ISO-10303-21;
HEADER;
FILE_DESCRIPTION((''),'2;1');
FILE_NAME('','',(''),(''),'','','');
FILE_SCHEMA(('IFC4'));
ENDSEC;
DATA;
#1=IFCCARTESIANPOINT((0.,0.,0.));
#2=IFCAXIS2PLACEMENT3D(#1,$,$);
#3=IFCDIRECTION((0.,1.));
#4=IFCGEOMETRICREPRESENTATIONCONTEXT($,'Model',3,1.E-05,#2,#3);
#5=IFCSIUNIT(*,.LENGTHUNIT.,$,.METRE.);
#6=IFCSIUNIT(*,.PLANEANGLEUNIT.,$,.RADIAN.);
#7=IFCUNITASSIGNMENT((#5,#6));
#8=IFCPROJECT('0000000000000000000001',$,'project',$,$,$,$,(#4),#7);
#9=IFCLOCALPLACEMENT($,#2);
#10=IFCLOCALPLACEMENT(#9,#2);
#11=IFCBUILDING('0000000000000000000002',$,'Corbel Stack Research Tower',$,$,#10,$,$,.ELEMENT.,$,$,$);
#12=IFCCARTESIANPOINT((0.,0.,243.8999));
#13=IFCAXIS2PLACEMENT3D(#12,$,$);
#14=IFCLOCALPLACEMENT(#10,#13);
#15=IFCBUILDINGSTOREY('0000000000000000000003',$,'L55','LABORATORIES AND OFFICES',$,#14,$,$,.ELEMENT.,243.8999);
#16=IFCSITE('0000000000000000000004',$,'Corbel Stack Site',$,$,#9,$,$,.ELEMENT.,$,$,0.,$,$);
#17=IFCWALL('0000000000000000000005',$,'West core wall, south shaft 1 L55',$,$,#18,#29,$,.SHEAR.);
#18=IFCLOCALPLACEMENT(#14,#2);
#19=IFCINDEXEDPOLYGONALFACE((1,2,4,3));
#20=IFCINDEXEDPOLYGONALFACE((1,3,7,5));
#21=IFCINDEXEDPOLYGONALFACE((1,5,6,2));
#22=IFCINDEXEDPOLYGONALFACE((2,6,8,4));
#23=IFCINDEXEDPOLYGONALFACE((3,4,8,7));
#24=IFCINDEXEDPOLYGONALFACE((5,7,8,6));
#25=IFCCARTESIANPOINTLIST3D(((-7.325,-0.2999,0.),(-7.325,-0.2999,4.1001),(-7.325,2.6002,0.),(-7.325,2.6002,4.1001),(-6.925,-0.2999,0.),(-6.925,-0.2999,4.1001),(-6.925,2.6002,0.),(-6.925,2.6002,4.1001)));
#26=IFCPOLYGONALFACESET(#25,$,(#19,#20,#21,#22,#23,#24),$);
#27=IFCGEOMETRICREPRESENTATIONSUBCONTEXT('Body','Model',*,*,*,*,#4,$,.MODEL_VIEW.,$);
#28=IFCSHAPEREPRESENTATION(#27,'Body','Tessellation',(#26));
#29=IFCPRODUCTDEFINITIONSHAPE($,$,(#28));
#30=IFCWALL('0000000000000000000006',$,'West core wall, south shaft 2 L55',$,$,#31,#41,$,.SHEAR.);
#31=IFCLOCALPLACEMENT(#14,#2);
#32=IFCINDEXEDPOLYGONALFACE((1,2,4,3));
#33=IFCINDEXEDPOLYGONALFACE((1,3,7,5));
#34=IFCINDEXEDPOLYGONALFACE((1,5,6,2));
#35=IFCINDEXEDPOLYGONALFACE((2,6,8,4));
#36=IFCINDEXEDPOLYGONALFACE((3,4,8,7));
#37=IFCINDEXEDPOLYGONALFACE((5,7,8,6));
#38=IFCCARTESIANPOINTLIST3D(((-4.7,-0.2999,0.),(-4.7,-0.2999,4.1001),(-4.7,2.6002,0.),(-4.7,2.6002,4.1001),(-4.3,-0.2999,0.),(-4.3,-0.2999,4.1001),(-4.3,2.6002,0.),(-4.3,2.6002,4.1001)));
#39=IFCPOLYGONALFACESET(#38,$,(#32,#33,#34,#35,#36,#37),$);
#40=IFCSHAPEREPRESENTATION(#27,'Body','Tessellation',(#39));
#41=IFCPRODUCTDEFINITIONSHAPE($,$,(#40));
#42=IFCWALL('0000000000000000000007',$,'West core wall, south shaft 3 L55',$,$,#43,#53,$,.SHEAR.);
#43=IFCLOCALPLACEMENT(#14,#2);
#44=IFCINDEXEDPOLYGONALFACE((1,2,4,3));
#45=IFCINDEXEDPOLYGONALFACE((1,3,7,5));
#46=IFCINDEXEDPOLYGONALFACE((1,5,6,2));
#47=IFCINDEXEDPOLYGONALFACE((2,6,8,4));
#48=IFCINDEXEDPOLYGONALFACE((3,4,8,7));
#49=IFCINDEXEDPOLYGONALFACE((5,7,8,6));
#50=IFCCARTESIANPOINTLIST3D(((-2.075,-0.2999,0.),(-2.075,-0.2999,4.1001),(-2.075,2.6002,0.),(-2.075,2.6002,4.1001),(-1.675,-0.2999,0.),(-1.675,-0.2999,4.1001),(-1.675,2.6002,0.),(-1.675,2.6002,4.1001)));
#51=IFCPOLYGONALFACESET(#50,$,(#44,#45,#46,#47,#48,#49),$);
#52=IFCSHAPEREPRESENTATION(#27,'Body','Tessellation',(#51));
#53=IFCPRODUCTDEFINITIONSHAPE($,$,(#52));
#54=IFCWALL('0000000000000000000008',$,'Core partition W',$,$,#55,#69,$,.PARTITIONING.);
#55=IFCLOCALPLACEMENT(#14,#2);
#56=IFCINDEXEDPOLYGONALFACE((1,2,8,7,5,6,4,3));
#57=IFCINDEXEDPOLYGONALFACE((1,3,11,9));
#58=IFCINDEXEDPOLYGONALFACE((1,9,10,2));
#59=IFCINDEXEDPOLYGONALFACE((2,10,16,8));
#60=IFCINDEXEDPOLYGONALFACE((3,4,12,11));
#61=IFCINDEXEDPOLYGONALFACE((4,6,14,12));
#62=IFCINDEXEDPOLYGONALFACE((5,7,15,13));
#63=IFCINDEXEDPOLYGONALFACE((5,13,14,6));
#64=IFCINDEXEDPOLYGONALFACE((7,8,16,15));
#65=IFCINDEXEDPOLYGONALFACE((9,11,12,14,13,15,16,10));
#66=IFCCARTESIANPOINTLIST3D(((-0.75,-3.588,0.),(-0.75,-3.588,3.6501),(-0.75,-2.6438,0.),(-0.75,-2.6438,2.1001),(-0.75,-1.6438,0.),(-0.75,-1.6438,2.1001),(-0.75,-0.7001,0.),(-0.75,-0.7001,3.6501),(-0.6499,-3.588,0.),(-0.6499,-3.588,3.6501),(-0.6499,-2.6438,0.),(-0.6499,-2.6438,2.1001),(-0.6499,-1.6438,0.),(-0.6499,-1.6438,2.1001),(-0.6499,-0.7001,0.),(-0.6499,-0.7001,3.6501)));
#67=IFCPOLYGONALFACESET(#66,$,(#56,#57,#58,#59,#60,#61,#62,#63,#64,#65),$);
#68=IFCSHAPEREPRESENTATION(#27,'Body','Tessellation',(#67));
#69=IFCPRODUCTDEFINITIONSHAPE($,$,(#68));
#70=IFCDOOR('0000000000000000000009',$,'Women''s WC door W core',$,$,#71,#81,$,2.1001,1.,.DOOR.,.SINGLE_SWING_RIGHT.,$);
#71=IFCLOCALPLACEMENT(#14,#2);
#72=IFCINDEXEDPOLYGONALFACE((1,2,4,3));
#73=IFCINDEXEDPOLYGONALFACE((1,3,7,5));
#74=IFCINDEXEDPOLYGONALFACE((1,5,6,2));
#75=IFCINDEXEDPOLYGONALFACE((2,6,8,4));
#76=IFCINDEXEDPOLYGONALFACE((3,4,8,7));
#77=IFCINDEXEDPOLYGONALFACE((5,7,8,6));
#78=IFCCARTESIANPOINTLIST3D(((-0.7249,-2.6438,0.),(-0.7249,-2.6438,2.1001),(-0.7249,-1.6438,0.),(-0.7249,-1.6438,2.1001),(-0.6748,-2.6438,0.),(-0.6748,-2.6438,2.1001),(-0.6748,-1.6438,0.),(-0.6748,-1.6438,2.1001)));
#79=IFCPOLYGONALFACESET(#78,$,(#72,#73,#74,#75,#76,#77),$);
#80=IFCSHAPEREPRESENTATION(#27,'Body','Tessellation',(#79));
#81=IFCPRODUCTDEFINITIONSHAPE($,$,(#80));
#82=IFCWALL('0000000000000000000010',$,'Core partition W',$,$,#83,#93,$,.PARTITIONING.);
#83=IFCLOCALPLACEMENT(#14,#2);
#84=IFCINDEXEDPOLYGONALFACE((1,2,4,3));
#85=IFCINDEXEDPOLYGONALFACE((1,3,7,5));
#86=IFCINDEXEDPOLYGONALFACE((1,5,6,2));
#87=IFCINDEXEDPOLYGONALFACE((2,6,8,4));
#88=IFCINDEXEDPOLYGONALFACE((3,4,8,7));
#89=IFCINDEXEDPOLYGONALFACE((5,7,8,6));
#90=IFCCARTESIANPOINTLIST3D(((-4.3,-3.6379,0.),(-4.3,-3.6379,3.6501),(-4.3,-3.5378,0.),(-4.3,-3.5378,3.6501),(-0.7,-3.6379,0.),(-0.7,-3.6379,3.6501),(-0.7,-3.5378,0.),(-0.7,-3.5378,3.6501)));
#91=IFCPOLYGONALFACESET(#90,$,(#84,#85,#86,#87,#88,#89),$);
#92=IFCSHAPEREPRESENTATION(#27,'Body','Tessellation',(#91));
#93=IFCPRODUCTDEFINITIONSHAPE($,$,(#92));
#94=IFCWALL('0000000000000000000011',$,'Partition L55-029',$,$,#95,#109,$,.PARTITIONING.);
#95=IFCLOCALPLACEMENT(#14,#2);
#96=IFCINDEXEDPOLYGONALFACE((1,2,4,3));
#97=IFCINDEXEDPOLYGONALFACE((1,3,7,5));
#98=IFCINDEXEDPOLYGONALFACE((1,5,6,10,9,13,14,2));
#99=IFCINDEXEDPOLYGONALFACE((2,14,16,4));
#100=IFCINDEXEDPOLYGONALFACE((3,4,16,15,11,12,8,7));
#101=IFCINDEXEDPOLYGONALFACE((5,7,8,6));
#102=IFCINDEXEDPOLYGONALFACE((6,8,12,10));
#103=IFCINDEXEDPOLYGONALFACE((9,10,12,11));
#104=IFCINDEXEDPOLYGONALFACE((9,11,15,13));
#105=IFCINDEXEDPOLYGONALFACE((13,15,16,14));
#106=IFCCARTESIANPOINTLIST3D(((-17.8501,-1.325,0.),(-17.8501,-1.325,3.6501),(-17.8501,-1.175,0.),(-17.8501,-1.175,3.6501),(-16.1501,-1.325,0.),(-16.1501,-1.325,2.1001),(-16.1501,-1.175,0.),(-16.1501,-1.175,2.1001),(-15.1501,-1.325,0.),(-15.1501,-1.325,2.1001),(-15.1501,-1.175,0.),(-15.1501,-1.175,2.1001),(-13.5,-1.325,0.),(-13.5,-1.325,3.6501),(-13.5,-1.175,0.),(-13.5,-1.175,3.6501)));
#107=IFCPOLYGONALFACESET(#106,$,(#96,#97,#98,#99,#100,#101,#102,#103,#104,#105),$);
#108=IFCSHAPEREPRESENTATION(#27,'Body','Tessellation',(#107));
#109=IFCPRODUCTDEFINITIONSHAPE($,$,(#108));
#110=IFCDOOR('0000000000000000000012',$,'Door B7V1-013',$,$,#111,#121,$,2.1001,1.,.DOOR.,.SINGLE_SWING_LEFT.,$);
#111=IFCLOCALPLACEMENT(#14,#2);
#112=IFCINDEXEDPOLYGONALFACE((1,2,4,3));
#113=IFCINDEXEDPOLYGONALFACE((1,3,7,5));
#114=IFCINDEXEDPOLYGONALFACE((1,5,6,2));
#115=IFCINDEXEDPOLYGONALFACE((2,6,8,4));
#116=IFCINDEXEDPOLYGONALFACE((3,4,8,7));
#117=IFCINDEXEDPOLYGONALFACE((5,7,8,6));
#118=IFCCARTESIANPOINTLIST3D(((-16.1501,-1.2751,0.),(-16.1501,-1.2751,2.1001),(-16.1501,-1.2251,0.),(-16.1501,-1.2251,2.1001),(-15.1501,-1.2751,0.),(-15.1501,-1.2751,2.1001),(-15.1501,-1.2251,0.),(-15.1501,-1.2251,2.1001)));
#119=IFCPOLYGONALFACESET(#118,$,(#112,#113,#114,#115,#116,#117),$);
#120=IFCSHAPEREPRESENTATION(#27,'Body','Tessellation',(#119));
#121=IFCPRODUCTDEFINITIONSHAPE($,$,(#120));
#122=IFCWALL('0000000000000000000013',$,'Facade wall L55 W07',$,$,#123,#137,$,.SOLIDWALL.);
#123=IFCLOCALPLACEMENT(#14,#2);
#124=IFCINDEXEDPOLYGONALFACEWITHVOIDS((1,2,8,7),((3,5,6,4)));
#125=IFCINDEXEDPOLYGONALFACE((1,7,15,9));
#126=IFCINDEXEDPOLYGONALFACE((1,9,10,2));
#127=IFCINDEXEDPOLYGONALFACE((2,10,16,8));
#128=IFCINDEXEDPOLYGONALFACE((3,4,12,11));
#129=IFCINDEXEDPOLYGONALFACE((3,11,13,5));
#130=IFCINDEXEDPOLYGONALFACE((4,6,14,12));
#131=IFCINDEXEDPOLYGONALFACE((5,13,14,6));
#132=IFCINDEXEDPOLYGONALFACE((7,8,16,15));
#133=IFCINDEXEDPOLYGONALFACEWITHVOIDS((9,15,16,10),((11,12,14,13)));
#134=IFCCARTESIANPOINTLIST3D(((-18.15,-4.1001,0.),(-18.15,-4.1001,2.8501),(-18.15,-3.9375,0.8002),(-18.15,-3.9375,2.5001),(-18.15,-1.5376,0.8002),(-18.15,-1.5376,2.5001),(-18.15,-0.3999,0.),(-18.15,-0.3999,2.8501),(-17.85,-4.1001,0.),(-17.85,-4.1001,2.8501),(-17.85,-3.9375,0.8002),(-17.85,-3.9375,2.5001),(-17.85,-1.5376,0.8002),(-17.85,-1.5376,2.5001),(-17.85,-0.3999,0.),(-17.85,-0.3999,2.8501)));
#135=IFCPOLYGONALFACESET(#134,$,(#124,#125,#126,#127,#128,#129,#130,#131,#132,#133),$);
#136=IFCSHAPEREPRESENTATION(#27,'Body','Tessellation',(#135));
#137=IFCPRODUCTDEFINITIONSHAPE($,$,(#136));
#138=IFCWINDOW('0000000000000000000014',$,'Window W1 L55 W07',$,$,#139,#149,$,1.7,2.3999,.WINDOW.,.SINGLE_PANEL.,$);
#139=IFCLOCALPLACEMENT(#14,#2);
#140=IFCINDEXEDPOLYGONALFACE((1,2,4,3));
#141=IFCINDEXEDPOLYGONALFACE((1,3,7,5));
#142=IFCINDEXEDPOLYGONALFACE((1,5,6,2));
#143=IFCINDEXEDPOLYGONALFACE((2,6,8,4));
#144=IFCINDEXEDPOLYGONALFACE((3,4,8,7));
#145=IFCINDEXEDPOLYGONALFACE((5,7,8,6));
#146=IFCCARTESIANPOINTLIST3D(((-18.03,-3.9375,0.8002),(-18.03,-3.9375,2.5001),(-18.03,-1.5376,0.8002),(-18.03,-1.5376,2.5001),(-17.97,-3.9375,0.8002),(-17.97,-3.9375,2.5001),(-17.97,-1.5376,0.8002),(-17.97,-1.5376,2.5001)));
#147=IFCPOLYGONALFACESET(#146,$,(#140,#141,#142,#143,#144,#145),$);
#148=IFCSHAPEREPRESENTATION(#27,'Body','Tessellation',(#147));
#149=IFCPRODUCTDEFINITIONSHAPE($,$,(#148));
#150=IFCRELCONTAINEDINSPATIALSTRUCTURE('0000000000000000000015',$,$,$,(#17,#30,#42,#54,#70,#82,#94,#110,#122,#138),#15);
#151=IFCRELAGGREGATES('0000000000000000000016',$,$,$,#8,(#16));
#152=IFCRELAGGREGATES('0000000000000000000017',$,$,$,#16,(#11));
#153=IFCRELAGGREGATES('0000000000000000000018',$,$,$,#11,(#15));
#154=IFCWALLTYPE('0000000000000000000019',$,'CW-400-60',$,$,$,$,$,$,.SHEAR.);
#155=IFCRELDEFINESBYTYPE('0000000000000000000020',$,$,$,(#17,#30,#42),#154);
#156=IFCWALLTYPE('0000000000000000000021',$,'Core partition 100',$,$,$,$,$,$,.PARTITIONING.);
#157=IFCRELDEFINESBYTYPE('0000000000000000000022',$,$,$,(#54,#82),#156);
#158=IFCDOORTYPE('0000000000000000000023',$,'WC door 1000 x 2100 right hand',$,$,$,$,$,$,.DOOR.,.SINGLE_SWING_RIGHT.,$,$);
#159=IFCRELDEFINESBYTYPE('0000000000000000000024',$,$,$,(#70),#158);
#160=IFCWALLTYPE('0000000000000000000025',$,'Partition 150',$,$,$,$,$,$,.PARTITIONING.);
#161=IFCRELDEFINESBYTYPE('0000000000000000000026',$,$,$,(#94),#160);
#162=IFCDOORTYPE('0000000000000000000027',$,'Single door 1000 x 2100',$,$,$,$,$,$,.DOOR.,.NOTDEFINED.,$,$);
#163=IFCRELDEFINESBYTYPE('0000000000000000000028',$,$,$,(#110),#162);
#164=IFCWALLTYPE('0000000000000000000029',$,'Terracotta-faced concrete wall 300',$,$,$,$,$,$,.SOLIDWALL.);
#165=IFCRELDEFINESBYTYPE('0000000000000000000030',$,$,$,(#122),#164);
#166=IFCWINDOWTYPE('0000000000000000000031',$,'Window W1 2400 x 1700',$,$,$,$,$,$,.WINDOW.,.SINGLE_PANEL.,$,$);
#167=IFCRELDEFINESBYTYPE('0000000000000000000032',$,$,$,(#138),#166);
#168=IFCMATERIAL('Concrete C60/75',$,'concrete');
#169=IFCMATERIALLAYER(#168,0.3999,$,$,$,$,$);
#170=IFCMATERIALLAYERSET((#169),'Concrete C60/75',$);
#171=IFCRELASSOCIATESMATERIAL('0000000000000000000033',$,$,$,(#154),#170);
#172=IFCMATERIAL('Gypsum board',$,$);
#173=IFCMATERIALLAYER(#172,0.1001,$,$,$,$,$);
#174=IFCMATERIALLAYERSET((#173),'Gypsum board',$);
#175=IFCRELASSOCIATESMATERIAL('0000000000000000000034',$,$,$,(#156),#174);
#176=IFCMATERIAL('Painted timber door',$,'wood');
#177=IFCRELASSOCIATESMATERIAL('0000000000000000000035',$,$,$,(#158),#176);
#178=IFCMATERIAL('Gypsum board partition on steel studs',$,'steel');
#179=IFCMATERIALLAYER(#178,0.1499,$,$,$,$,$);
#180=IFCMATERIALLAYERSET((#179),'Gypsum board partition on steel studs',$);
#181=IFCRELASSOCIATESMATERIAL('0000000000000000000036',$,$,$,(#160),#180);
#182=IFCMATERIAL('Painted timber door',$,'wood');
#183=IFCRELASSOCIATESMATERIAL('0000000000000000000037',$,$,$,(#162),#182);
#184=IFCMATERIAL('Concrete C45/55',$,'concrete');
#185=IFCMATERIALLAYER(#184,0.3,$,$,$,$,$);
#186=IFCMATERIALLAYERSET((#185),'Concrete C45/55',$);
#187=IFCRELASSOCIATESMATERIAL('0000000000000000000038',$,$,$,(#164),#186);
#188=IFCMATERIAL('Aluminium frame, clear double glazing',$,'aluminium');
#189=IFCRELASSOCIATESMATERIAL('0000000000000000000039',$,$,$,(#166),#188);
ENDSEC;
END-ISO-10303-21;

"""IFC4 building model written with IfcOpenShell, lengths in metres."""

from ifc_helpers import new_model, si_unit, direction, frame, frame_2d, origin, place, context, subcontext, project, spatial, rectangle, extrude, material, layer, layer_set, type_object, element, fill, save


model = new_model("IFC4")

# Units and contexts
model_context = context("Model", 3, precision=1e-05, world=origin(), true_north=direction((0.0, 1.0)))
body_context = subcontext(model_context, "Body", "Model", "MODEL_VIEW")
ifc_project = project(units=[si_unit("LENGTHUNIT", "METRE"), si_unit("PLANEANGLEUNIT", "RADIAN")], contexts=[model_context])

# Site, building, storey
site_placement = place(None, origin())
site = spatial("IfcSite", under=ifc_project, at=site_placement, Name="Corbel Stack Site", CompositionType="ELEMENT", RefElevation=0.0)
building_placement = place(site_placement, origin())
building = spatial("IfcBuilding", under=site, at=building_placement, Name="Corbel Stack Research Tower", CompositionType="ELEMENT")
storey_placement = place(building_placement, frame((0.0, 0.0, 243.8999)))
storey = spatial("IfcBuildingStorey", under=building, at=storey_placement, Name="L55", Description="LABORATORIES AND OFFICES", CompositionType="ELEMENT", Elevation=243.8999)

# Walls
ifc_material_1 = material(Name="Concrete C60/75", Category="concrete")
ifc_layer_1 = layer(ifc_material_1, 0.3999)
ifc_layer_set_1 = layer_set([ifc_layer_1], Name="Concrete C60/75")
wall_type_1 = type_object("IfcWallType", Name="CW-400-60", PredefinedType="SHEAR", material=ifc_layer_set_1)
for number, where, z_axis, x_axis, name in (
    (1, (-7.125, -0.3, 0.0), (0.0, 0.0, 1.0), (0.0, 1.0, 0.0), "West core wall, south shaft 1 L55"),
    (2, (-4.5, -0.3, 0.0), (0.0, 0.0, 1.0), (0.0, 1.0, 0.0), "West core wall, south shaft 2 L55"),
    (3, (-1.875, -0.3, 0.0), (0.0, 0.0, 1.0), (0.0, 1.0, 0.0), "West core wall, south shaft 3 L55"),
):
    element("IfcWall", number, at=place(storey_placement, frame(where, z_axis=z_axis, x_axis=x_axis)), inside=storey, type_object=wall_type_1, Name=name, PredefinedType="SHEAR", context=body_context, shape_type="SweptSolid", body=[
        extrude(rectangle(XDim=2.9001, YDim=0.3999, at=frame_2d((1.4502, 0.0))), origin(), (0.0, 0.0, 1.0), 4.1001),
    ])

# Wall, opening, door
ifc_material_2 = material(Name="Gypsum board")
ifc_layer_2 = layer(ifc_material_2, 0.1001)
ifc_layer_set_2 = layer_set([ifc_layer_2], Name="Gypsum board")
wall_type_2 = type_object("IfcWallType", Name="Core partition 100", PredefinedType="PARTITIONING", material=ifc_layer_set_2)
wall_1_placement = place(storey_placement, frame((-0.7, -3.5879, 0.0), z_axis=(0.0, 0.0, 1.0), x_axis=(0.0, 1.0, 0.0)))
wall_1 = element("IfcWall", 4, at=wall_1_placement, inside=storey, type_object=wall_type_2, Name="Core partition W", PredefinedType="PARTITIONING", context=body_context, shape_type="SweptSolid", body=[
    extrude(rectangle(XDim=2.8879, YDim=0.1001, at=frame_2d((1.4438, 0.0))), origin(), (0.0, 0.0, 1.0), 3.6501),
])
opening_1_placement = place(wall_1_placement, frame((0.9441, 0.0, 0.0)))
opening_1 = element("IfcOpeningElement", 5, at=opening_1_placement, cuts=wall_1, PredefinedType="OPENING", context=body_context, shape_type="SweptSolid", body=[
    extrude(rectangle(XDim=1.0, YDim=2.1001, at=frame_2d((0.5, 1.05))), frame((0.0, 0.0601, 0.0), z_axis=(0.0, -1.0, 0.0), x_axis=(1.0, 0.0, 0.0)), (0.0, 0.0, 1.0), 0.1201),
])
ifc_material_3 = material(Name="Painted timber door", Category="wood")
door_type_1 = type_object("IfcDoorType", Name="WC door 1000 x 2100 right hand", OperationType="SINGLE_SWING_RIGHT", PredefinedType="DOOR", material=ifc_material_3)
door_1_placement = place(opening_1_placement, origin())
door_1 = element("IfcDoor", 6, at=door_1_placement, inside=storey, type_object=door_type_1, Name="Women's WC door W core", OperationType="SINGLE_SWING_RIGHT", OverallHeight=2.1001, OverallWidth=1.0, PredefinedType="DOOR", context=body_context, shape_type="SweptSolid", body=[
    extrude(rectangle(XDim=1.0, YDim=2.1001, at=frame_2d((0.5, 1.05))), frame((0.0, 0.0249, 0.0), z_axis=(0.0, -1.0, 0.0), x_axis=(1.0, 0.0, 0.0)), (0.0, 0.0, 1.0), 0.05),
])
fill(opening_1, door_1)

# Wall
wall_2_placement = place(storey_placement, frame((-4.3, -3.5879, 0.0), z_axis=(0.0, 0.0, 1.0), x_axis=(1.0, 0.0, 0.0)))
element("IfcWall", 7, at=wall_2_placement, inside=storey, type_object=wall_type_2, Name="Core partition W", PredefinedType="PARTITIONING", context=body_context, shape_type="SweptSolid", body=[
    extrude(rectangle(XDim=3.6001, YDim=0.1001, at=frame_2d((1.8, 0.0))), origin(), (0.0, 0.0, 1.0), 3.6501),
])

# Wall, opening, door
ifc_material_4 = material(Name="Gypsum board partition on steel studs", Category="steel")
ifc_layer_3 = layer(ifc_material_4, 0.1499)
ifc_layer_set_3 = layer_set([ifc_layer_3], Name="Gypsum board partition on steel studs")
wall_type_3 = type_object("IfcWallType", Name="Partition 150", PredefinedType="PARTITIONING", material=ifc_layer_set_3)
wall_3_placement = place(storey_placement, frame((-17.8501, -1.25, 0.0), z_axis=(0.0, 0.0, 1.0), x_axis=(1.0, 0.0, 0.0)))
wall_3 = element("IfcWall", 8, at=wall_3_placement, inside=storey, type_object=wall_type_3, Name="Partition L55-029", PredefinedType="PARTITIONING", context=body_context, shape_type="SweptSolid", body=[
    extrude(rectangle(XDim=4.3501, YDim=0.1499, at=frame_2d((2.175, 0.0))), origin(), (0.0, 0.0, 1.0), 3.6501),
])
opening_2_placement = place(wall_3_placement, frame((1.7, 0.0, 0.0)))
opening_2 = element("IfcOpeningElement", 9, at=opening_2_placement, cuts=wall_3, PredefinedType="OPENING", context=body_context, shape_type="SweptSolid", body=[
    extrude(rectangle(XDim=1.0, YDim=2.1001, at=frame_2d((0.5, 1.05))), frame((0.0, 0.085, 0.0), z_axis=(0.0, -1.0, 0.0), x_axis=(1.0, 0.0, 0.0)), (0.0, 0.0, 1.0), 0.1699),
])
ifc_material_5 = material(Name="Painted timber door", Category="wood")
door_type_2 = type_object("IfcDoorType", Name="Single door 1000 x 2100", OperationType="NOTDEFINED", PredefinedType="DOOR", material=ifc_material_5)
door_2_placement = place(opening_2_placement, origin())
door_2 = element("IfcDoor", 10, at=door_2_placement, inside=storey, type_object=door_type_2, Name="Door B7V1-013", OperationType="SINGLE_SWING_LEFT", OverallHeight=2.1001, OverallWidth=1.0, PredefinedType="DOOR", context=body_context, shape_type="SweptSolid", body=[
    extrude(rectangle(XDim=1.0, YDim=2.1001, at=frame_2d((0.5, 1.05))), frame((0.0, 0.0249, 0.0), z_axis=(0.0, -1.0, 0.0), x_axis=(1.0, 0.0, 0.0)), (0.0, 0.0, 1.0), 0.05),
])
fill(opening_2, door_2)

# Wall, opening, window
ifc_material_6 = material(Name="Concrete C45/55", Category="concrete")
ifc_layer_4 = layer(ifc_material_6, 0.3)
ifc_layer_set_4 = layer_set([ifc_layer_4], Name="Concrete C45/55")
wall_type_4 = type_object("IfcWallType", Name="Terracotta-faced concrete wall 300", PredefinedType="SOLIDWALL", material=ifc_layer_set_4)
wall_4_placement = place(storey_placement, frame((-18.0, -4.1001, 0.0), z_axis=(0.0, 0.0, 1.0), x_axis=(0.0, 1.0, 0.0)))
wall_4 = element("IfcWall", 11, at=wall_4_placement, inside=storey, type_object=wall_type_4, Name="Facade wall L55 W07", PredefinedType="SOLIDWALL", context=body_context, shape_type="SweptSolid", body=[
    extrude(rectangle(XDim=3.7002, YDim=0.3, at=frame_2d((1.8501, 0.0))), origin(), (0.0, 0.0, 1.0), 2.8501),
])
opening_3_placement = place(wall_4_placement, frame((0.1626, 0.0, 0.8)))
opening_3 = element("IfcOpeningElement", 12, at=opening_3_placement, cuts=wall_4, PredefinedType="OPENING", context=body_context, shape_type="SweptSolid", body=[
    extrude(rectangle(XDim=2.3999, YDim=1.7, at=frame_2d((1.2, 0.8501))), frame((0.0, 0.1599, 0.0), z_axis=(0.0, -1.0, 0.0), x_axis=(1.0, 0.0, 0.0)), (0.0, 0.0, 1.0), 0.3201),
])
ifc_material_7 = material(Name="Aluminium frame, clear double glazing", Category="aluminium")
window_type = type_object("IfcWindowType", Name="Window W1 2400 x 1700", PartitioningType="SINGLE_PANEL", PredefinedType="WINDOW", material=ifc_material_7)
window_placement = place(opening_3_placement, origin())
window = element("IfcWindow", 13, at=window_placement, inside=storey, type_object=window_type, Name="Window W1 L55 W07", OverallHeight=1.7, OverallWidth=2.3999, PartitioningType="SINGLE_PANEL", PredefinedType="WINDOW", context=body_context, shape_type="SweptSolid", body=[
    extrude(rectangle(XDim=2.3999, YDim=1.7, at=frame_2d((1.2, 0.8501))), frame((0.0, 0.03, 0.0), z_axis=(0.0, -1.0, 0.0), x_axis=(1.0, 0.0, 0.0)), (0.0, 0.0, 1.0), 0.0601),
])
fill(opening_3, window)

save(model, "model.ifc")
